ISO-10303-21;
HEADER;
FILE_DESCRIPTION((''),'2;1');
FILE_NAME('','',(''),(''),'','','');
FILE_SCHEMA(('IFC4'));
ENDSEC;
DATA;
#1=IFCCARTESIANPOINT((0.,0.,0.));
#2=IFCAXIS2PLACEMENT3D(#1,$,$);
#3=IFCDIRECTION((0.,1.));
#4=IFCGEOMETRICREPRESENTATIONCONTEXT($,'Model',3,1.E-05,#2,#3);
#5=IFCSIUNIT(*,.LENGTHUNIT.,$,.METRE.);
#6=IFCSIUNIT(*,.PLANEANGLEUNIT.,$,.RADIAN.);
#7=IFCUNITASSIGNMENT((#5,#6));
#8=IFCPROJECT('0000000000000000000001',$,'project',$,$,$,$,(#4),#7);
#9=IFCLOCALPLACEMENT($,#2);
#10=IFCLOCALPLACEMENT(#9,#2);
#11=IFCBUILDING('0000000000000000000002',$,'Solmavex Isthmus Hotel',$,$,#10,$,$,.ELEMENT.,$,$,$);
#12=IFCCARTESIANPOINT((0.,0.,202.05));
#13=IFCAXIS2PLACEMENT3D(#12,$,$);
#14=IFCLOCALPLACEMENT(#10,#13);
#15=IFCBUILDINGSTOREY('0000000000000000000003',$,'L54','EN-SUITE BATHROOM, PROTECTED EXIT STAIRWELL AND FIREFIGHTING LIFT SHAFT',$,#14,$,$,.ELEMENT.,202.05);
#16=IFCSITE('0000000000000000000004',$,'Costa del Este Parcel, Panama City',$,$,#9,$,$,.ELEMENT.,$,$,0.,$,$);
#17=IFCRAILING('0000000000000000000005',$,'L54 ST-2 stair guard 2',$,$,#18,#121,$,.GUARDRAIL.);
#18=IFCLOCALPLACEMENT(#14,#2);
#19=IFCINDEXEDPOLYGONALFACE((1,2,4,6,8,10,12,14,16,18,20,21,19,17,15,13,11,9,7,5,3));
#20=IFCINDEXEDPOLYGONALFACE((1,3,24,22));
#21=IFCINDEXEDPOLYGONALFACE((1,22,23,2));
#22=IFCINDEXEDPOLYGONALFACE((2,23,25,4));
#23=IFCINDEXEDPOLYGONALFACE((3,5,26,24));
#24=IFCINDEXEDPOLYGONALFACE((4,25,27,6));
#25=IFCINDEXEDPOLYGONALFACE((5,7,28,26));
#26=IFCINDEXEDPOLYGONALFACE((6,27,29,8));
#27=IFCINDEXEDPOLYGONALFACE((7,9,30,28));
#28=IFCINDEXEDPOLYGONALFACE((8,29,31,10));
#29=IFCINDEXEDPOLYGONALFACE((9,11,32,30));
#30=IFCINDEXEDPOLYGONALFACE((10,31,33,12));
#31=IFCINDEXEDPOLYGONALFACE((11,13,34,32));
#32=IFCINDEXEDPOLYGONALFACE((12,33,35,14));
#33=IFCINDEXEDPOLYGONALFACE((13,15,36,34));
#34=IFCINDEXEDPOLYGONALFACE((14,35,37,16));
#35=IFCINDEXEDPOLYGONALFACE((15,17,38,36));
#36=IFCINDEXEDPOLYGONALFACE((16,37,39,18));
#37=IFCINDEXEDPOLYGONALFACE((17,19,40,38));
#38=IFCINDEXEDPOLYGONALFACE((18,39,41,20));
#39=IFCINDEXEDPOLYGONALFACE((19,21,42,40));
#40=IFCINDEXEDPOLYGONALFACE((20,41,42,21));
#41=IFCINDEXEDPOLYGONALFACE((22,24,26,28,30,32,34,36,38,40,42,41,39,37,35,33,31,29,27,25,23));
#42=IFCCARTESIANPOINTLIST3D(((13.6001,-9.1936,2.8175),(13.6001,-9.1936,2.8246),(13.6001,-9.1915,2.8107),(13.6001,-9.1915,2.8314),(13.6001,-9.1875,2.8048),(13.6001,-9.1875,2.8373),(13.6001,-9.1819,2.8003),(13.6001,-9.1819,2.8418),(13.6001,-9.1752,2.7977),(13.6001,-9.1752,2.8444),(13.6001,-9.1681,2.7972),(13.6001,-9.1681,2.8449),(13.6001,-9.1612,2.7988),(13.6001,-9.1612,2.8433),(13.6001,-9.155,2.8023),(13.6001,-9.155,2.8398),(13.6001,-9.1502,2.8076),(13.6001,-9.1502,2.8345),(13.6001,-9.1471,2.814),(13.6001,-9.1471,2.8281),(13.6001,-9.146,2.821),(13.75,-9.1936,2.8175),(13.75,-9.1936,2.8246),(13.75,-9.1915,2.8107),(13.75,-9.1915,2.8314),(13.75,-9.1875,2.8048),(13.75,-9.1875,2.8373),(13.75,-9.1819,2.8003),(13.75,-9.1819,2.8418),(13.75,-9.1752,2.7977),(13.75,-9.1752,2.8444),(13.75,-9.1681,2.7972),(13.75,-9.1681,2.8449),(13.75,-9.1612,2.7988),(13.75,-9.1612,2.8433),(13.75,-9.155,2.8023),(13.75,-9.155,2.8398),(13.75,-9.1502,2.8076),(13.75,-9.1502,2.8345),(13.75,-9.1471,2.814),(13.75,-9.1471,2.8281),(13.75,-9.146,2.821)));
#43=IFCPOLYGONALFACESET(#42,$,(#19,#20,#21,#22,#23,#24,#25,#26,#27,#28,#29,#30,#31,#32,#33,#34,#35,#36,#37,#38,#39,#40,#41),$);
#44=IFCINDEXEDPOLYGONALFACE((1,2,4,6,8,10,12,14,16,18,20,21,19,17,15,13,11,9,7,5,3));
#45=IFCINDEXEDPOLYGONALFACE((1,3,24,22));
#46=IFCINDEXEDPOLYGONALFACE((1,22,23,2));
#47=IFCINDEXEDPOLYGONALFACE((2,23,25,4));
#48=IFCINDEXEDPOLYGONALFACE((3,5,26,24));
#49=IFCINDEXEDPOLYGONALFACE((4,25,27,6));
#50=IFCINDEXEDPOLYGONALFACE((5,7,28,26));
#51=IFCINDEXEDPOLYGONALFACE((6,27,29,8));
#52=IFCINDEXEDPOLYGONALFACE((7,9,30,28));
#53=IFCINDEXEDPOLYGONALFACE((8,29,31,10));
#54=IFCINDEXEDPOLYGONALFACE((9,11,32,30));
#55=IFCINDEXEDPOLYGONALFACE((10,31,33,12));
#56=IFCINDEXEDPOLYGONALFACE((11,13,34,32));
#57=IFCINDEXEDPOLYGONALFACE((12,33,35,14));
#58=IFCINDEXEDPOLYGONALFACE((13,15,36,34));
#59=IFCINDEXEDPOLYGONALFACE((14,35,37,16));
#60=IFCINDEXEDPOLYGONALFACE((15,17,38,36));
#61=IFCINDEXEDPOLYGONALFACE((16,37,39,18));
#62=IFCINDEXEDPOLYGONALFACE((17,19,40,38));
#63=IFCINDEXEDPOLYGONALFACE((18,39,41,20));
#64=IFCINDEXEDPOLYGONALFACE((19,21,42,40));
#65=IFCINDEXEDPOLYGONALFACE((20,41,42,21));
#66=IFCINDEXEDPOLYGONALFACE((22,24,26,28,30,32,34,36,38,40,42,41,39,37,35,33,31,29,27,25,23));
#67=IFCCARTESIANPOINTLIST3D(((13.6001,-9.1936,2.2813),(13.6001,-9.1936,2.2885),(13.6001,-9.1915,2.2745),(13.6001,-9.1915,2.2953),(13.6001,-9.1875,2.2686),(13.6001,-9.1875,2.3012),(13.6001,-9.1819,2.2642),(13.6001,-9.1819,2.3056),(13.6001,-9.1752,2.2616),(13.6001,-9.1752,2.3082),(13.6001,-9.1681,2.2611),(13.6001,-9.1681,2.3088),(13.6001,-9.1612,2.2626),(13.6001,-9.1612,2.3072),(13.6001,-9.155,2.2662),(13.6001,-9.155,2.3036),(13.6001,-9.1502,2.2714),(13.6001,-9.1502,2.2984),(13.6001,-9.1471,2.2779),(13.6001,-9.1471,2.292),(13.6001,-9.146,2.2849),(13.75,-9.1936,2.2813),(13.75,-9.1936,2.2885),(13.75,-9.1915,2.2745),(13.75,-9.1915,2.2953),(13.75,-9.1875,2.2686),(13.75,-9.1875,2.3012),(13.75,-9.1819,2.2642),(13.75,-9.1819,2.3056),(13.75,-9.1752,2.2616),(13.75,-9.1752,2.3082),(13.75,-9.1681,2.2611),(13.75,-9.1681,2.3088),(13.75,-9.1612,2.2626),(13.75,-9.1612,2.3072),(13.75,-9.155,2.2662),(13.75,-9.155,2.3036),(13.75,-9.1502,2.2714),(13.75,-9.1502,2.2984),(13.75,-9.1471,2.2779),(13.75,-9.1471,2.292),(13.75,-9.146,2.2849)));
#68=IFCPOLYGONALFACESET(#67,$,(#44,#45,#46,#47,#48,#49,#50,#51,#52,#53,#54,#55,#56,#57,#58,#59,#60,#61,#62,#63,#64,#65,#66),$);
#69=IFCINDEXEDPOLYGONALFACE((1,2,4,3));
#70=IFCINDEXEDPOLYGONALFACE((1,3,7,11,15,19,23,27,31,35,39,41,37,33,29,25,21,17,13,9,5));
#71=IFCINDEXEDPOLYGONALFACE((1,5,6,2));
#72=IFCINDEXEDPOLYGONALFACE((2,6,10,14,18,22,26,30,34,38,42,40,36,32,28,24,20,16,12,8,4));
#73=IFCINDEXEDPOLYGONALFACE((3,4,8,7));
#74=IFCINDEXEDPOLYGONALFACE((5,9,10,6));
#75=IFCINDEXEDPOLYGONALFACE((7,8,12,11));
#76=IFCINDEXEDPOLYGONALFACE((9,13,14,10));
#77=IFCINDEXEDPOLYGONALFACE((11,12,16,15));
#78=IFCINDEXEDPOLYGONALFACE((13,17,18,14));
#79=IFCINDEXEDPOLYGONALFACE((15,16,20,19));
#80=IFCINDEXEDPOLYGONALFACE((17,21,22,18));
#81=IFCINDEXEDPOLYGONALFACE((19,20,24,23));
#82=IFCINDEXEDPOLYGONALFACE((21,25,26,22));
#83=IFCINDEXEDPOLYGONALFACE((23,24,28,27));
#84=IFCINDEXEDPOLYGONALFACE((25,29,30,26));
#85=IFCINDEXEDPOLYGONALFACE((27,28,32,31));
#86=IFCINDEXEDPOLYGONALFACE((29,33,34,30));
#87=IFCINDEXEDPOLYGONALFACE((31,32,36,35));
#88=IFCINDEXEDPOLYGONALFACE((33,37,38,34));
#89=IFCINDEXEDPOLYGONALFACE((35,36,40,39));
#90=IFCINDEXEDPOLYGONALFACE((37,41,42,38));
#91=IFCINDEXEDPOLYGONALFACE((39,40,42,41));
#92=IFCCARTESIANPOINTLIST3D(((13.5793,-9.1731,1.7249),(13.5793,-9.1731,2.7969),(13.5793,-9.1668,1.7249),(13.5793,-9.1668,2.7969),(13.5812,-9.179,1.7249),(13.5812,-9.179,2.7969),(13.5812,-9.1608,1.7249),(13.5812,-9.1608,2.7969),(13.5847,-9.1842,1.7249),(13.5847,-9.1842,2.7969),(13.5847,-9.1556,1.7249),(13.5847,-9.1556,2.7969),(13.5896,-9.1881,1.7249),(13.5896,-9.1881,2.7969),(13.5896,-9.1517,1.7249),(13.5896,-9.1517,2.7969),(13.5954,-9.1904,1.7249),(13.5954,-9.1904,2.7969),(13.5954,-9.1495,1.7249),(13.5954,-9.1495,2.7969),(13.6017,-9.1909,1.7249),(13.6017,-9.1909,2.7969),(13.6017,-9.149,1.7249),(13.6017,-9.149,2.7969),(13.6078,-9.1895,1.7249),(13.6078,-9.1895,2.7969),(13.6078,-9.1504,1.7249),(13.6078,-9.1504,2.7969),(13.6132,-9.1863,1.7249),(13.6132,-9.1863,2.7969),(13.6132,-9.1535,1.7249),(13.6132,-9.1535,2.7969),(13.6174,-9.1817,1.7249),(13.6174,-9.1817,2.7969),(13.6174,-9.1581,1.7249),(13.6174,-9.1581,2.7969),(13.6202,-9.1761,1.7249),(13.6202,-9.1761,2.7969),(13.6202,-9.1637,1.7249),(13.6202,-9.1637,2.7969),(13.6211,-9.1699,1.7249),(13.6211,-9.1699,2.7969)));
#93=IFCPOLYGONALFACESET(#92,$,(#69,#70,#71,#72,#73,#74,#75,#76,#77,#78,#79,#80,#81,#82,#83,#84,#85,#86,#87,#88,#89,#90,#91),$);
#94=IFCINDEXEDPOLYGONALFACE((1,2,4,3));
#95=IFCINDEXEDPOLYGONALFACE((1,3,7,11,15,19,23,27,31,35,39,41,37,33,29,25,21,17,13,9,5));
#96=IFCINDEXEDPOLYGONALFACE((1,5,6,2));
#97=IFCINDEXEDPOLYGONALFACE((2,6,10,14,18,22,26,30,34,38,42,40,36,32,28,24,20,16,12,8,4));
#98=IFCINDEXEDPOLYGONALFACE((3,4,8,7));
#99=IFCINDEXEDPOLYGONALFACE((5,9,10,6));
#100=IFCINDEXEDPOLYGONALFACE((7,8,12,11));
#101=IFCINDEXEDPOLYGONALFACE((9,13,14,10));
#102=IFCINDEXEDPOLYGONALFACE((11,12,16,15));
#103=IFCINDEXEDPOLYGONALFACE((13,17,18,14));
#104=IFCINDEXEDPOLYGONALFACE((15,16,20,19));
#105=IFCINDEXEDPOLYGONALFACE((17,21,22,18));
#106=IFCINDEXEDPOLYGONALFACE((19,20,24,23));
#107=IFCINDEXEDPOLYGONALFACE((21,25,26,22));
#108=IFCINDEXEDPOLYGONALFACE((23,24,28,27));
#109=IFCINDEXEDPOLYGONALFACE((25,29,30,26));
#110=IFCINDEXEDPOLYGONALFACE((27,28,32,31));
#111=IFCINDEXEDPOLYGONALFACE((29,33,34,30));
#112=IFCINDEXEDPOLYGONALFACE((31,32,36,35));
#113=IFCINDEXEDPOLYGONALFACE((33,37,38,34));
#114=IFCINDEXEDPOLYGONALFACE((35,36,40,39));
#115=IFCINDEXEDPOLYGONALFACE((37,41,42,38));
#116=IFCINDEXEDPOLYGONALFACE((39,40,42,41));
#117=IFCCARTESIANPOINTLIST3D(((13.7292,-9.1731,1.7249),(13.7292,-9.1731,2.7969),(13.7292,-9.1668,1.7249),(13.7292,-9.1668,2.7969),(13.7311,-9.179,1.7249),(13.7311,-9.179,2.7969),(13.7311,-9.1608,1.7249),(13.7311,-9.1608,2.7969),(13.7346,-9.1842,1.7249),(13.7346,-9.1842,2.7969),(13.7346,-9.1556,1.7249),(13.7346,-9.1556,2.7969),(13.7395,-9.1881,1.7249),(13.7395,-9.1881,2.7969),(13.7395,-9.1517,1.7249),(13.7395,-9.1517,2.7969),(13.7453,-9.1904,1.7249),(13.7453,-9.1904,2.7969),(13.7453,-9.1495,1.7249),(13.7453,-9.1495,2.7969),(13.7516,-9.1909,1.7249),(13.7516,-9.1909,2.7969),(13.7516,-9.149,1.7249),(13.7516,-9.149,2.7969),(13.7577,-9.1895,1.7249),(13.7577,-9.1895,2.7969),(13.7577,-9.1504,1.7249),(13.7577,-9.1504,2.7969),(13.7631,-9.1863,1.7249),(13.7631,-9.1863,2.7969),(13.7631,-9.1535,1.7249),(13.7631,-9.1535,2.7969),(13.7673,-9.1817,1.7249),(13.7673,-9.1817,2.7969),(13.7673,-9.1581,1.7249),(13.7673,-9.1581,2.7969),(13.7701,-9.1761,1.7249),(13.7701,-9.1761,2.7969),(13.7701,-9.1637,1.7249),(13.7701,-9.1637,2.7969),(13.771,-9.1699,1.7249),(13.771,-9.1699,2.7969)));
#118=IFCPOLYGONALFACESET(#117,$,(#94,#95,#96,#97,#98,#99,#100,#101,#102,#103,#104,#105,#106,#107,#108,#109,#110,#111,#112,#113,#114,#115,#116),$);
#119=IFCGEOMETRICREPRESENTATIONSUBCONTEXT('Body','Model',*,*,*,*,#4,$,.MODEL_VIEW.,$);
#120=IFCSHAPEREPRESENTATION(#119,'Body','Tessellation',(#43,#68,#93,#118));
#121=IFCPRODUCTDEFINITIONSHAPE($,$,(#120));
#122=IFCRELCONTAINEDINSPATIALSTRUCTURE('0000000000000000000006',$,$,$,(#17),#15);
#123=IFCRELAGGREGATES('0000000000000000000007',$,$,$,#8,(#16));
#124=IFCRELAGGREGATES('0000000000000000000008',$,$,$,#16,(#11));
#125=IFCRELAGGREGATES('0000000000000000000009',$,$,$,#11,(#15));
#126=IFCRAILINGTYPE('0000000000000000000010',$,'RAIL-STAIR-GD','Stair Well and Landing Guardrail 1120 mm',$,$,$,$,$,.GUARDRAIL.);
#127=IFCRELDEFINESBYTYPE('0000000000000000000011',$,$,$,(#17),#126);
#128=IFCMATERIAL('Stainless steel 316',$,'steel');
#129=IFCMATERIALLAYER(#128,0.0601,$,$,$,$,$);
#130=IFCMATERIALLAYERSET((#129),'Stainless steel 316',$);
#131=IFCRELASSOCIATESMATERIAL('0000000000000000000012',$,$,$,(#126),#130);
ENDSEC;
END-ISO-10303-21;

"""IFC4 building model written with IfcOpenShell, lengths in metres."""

from ifc_helpers import new_model, si_unit, direction, frame, origin, origin_2d, place, context, subcontext, project, spatial, circle, extrude, material, layer, layer_set, type_object, element, save


model = new_model("IFC4")

# Units and contexts
model_context = context("Model", 3, precision=1e-05, world=origin(), true_north=direction((0.0, 1.0)))
body_context = subcontext(model_context, "Body", "Model", "MODEL_VIEW")
ifc_project = project(units=[si_unit("LENGTHUNIT", "METRE"), si_unit("PLANEANGLEUNIT", "RADIAN")], contexts=[model_context])

# Site, building, storey
site_placement = place(None, origin())
site = spatial("IfcSite", under=ifc_project, at=site_placement, Name="Costa del Este Parcel, Panama City", CompositionType="ELEMENT", RefElevation=0.0)
building_placement = place(site_placement, origin())
building = spatial("IfcBuilding", under=site, at=building_placement, Name="Solmavex Isthmus Hotel", CompositionType="ELEMENT")
storey_placement = place(building_placement, frame((0.0, 0.0, 202.05)))
storey = spatial("IfcBuildingStorey", under=building, at=storey_placement, Name="L54", Description="EN-SUITE BATHROOM, PROTECTED EXIT STAIRWELL AND FIREFIGHTING LIFT SHAFT", CompositionType="ELEMENT", Elevation=202.05)

# Railing
ifc_material_1 = material(Name="Stainless steel 316", Category="steel")
ifc_layer_1 = layer(ifc_material_1, 0.0601)
ifc_layer_set_1 = layer_set([ifc_layer_1], Name="Stainless steel 316")
railing_type_1 = type_object("IfcRailingType", Name="RAIL-STAIR-GD", Description="Stair Well and Landing Guardrail 1120 mm", PredefinedType="GUARDRAIL", material=ifc_layer_set_1)
railing_1_placement = place(storey_placement, frame((13.6001, -9.1699, 1.7249)))
element("IfcRailing", 1, at=railing_1_placement, inside=storey, type_object=railing_type_1, Name="L54 ST-2 stair guard 2", PredefinedType="GUARDRAIL", context=body_context, shape_type="SweptSolid", body=[
    extrude(circle(Radius=0.0239, at=origin_2d()), frame((0.0, 0.0, 1.0962), z_axis=(1.0, 0.0, 0.0), x_axis=(0.0, 1.0, 0.0)), (0.0, 0.0, 1.0), 0.1499),
    extrude(circle(Radius=0.0239, at=origin_2d()), frame((0.0, 0.0, 0.5601), z_axis=(1.0, 0.0, 0.0), x_axis=(0.0, 1.0, 0.0)), (0.0, 0.0, 1.0), 0.1499),
    extrude(circle(Radius=0.021, at=origin_2d()), origin(), (0.0, 0.0, 1.0), 1.072),
    extrude(circle(Radius=0.021, at=origin_2d()), frame((0.1499, 0.0, 0.0)), (0.0, 0.0, 1.0), 1.072),
])

save(model, "model.ifc")
